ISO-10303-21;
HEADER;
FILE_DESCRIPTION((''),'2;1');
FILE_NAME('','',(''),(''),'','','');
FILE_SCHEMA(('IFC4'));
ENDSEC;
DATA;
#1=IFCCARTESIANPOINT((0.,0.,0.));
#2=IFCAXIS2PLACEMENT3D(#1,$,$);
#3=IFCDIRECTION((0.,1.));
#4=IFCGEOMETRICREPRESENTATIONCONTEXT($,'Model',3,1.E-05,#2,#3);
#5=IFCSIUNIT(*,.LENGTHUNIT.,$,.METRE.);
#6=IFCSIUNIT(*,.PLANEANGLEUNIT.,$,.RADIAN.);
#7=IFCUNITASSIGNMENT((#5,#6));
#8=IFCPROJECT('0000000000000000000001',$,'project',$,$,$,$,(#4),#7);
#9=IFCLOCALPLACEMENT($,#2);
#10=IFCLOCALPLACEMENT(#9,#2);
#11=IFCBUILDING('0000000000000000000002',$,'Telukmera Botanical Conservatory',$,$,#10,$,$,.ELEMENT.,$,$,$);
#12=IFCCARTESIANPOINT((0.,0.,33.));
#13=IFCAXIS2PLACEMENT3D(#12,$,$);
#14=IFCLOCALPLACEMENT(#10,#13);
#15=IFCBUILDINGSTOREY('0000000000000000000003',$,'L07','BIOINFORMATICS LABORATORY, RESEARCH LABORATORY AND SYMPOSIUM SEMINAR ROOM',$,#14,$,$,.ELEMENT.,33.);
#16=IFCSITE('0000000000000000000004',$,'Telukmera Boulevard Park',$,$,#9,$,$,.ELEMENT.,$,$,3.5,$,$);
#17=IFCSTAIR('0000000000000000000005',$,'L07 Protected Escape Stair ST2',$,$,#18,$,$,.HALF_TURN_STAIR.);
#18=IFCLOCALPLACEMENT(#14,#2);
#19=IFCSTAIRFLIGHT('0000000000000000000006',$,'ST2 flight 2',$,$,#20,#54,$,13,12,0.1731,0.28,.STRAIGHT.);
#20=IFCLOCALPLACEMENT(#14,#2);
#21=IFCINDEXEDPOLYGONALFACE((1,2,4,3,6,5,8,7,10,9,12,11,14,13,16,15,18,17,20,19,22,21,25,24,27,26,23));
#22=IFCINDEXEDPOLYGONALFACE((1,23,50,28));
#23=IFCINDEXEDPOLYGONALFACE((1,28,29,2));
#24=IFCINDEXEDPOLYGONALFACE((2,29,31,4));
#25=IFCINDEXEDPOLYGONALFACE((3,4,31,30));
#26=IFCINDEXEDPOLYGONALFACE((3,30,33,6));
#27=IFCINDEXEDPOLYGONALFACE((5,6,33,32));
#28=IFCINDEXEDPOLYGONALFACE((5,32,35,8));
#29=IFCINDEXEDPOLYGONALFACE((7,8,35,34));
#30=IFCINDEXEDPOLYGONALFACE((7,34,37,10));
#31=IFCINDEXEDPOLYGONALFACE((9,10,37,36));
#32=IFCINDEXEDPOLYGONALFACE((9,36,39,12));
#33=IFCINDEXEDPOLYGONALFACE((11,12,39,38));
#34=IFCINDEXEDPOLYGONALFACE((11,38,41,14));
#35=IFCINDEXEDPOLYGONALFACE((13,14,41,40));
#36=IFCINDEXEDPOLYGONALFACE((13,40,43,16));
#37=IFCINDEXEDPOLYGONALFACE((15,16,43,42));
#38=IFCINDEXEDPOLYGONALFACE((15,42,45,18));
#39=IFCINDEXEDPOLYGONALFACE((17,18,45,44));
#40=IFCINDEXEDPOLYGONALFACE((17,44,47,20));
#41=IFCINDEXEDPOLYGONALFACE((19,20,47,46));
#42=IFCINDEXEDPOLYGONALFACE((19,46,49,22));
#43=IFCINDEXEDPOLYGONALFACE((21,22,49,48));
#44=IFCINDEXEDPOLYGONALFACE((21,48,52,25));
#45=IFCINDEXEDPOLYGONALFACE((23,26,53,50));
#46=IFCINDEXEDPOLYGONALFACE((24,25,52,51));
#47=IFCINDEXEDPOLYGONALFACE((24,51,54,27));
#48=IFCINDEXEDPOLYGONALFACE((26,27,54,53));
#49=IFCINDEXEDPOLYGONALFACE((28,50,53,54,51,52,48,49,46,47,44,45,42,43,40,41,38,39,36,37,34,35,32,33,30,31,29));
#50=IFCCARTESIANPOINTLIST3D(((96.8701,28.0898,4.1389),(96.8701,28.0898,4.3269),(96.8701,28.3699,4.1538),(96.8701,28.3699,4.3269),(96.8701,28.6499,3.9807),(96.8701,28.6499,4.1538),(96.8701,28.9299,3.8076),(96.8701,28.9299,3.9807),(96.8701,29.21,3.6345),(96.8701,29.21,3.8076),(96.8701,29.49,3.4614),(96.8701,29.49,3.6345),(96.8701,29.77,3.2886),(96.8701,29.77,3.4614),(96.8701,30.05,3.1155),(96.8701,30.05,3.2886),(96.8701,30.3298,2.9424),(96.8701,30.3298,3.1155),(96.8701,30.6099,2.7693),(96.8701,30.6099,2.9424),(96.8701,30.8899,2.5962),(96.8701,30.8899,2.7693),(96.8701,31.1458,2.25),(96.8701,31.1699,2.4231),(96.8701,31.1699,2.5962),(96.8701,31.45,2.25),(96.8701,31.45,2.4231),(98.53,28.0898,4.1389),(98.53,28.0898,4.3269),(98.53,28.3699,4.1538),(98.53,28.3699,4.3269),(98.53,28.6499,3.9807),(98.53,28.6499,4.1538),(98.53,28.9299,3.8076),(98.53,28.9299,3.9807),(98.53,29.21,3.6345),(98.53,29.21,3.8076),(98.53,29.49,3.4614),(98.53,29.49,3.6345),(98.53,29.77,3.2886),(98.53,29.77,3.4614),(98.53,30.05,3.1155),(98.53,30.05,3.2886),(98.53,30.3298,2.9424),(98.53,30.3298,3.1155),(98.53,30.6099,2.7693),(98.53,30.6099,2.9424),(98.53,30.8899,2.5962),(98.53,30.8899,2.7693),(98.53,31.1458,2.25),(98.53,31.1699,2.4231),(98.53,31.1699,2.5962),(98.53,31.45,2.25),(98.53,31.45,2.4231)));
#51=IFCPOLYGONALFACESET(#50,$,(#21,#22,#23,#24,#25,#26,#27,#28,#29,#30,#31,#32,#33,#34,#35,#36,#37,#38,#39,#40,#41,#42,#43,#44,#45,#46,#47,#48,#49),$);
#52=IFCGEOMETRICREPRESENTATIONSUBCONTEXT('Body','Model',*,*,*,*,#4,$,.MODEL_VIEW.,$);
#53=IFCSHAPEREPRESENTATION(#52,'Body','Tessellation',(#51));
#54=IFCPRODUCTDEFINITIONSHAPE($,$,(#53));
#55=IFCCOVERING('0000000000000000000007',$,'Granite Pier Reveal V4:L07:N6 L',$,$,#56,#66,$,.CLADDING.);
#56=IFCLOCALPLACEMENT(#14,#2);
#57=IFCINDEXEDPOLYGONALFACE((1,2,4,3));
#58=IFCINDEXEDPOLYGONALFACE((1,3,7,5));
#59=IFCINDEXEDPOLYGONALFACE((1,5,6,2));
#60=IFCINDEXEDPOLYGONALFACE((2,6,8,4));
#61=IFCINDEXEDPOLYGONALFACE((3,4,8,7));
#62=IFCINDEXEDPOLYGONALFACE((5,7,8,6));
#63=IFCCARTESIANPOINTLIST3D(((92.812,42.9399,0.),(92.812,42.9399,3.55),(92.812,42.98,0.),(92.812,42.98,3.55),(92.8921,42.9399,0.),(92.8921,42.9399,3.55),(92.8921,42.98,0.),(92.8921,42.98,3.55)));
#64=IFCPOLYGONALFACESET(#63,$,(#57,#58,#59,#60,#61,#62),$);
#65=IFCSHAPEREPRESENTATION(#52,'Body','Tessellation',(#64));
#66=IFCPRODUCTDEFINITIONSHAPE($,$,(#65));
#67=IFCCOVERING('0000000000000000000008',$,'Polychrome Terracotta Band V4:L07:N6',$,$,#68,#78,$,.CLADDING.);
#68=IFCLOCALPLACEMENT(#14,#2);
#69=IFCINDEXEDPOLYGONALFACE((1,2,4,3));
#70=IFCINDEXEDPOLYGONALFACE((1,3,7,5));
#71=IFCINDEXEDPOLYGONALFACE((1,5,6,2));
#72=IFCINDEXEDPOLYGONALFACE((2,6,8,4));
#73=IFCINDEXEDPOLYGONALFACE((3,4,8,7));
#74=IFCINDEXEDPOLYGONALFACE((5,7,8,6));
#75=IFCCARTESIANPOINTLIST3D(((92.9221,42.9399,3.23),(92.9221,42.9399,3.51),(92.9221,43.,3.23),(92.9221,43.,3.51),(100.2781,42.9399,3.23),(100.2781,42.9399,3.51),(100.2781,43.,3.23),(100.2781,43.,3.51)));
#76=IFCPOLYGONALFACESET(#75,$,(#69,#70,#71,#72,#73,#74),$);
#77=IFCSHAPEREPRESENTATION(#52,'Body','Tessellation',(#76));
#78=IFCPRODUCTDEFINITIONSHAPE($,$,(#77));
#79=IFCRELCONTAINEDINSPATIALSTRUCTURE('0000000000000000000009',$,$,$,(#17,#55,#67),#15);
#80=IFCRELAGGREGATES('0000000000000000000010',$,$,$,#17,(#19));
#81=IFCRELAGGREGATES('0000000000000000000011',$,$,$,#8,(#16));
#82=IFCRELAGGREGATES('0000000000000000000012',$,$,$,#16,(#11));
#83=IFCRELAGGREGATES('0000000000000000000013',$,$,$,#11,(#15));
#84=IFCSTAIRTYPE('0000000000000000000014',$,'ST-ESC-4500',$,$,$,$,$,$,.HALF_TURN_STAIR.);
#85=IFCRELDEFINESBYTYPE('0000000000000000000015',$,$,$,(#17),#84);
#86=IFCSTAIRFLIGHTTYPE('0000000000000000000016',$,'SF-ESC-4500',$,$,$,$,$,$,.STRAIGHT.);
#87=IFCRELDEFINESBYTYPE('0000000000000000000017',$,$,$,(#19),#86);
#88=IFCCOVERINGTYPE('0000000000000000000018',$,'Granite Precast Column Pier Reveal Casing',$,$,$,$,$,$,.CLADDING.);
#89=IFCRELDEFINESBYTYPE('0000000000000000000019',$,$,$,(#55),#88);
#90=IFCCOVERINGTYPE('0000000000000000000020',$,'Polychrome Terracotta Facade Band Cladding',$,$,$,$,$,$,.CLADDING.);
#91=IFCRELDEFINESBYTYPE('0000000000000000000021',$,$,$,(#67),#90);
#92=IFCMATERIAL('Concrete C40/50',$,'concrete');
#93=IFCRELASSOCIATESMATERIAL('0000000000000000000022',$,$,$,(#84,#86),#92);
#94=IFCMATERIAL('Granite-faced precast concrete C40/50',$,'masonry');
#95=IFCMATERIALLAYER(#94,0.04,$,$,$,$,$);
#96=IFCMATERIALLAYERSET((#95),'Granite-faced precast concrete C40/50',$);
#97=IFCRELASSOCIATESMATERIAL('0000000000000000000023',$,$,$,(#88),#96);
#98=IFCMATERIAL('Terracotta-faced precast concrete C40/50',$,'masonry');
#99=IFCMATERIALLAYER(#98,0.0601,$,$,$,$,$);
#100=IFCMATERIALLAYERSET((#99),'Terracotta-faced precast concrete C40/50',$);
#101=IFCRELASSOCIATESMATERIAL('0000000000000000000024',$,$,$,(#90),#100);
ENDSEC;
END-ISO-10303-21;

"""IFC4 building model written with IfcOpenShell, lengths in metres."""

from ifc_helpers import new_model, si_unit, direction, frame, origin, origin_2d, place, context, subcontext, project, spatial, polyline, rectangle, outline, extrude, material, layer, layer_set, type_object, element, aggregate, save


model = new_model("IFC4")

# Units and contexts
model_context = context("Model", 3, precision=1e-05, world=origin(), true_north=direction((0.0, 1.0)))
body_context = subcontext(model_context, "Body", "Model", "MODEL_VIEW")
ifc_project = project(units=[si_unit("LENGTHUNIT", "METRE"), si_unit("PLANEANGLEUNIT", "RADIAN")], contexts=[model_context])

# Site, building, storey
site_placement = place(None, origin())
site = spatial("IfcSite", under=ifc_project, at=site_placement, Name="Telukmera Boulevard Park", CompositionType="ELEMENT", RefElevation=3.5)
building_placement = place(site_placement, origin())
building = spatial("IfcBuilding", under=site, at=building_placement, Name="Telukmera Botanical Conservatory", CompositionType="ELEMENT")
storey_placement = place(building_placement, frame((0.0, 0.0, 33.0)))
storey = spatial("IfcBuildingStorey", under=building, at=storey_placement, Name="L07", Description="BIOINFORMATICS LABORATORY, RESEARCH LABORATORY AND SYMPOSIUM SEMINAR ROOM", CompositionType="ELEMENT", Elevation=33.0)

# Shared definitions
ifc_material_1 = material(Name="Concrete C40/50", Category="concrete")

# Stair, stair flight
stair_type = type_object("IfcStairType", Name="ST-ESC-4500", PredefinedType="HALF_TURN_STAIR", material=ifc_material_1)
stair_placement = place(storey_placement, origin())
stair = element("IfcStair", 1, at=stair_placement, inside=storey, type_object=stair_type, Name="L07 Protected Escape Stair ST2", PredefinedType="HALF_TURN_STAIR")
stair_flight_type = type_object("IfcStairFlightType", Name="SF-ESC-4500", PredefinedType="STRAIGHT", material=ifc_material_1)
stair_flight_placement = place(storey_placement, frame((97.7, 31.45, 2.25), z_axis=(0.0, 0.0, 1.0), x_axis=(0.0, -1.0, 0.0)))
stair_flight = element("IfcStairFlight", 2, at=stair_flight_placement, type_object=stair_flight_type, Name="ST2 flight 2", NumberOfRisers=13, NumberOfTreads=12, PredefinedType="STRAIGHT", RiserHeight=0.1731, TreadLength=0.28, context=body_context, shape_type="SweptSolid", body=[
    extrude(outline(polyline([(0.0, 0.0), (0.0, 0.1731), (0.28, 0.1731), (0.28, 0.3462), (0.5601, 0.3462), (0.5601, 0.5193), (0.8401, 0.5193), (0.8401, 0.6924), (1.1201, 0.6924), (1.1201, 0.8655), (1.3999, 0.8655), (1.3999, 1.0386), (1.6799, 1.0386), (1.6799, 1.2114), (1.96, 1.2114), (1.96, 1.3845), (2.24, 1.3845), (2.24, 1.5576), (2.52, 1.5576), (2.52, 1.7307), (2.8, 1.7307), (2.8, 1.9038), (3.0801, 1.9038), (3.0801, 2.0769), (3.3601, 2.0769), (3.3601, 2.25), (3.3601, 1.8889), (0.3042, 0.0), (0.0, 0.0)])), frame((0.0, 0.8301, 0.0), z_axis=(0.0, -1.0, 0.0), x_axis=(1.0, 0.0, 0.0)), (0.0, 0.0, 1.0), 1.6599),
])
aggregate(stair, [stair_flight])

# Coverings
ifc_material_2 = material(Name="Granite-faced precast concrete C40/50", Category="masonry")
ifc_layer_1 = layer(ifc_material_2, 0.04)
ifc_layer_set_1 = layer_set([ifc_layer_1], Name="Granite-faced precast concrete C40/50")
covering_type_1 = type_object("IfcCoveringType", Name="Granite Precast Column Pier Reveal Casing", PredefinedType="CLADDING", material=ifc_layer_set_1)
covering_1_placement = place(storey_placement, frame((92.8521, 42.96, 0.0), z_axis=(0.0, 0.0, 1.0), x_axis=(1.0, 0.0, 0.0)))
element("IfcCovering", 3, at=covering_1_placement, inside=storey, type_object=covering_type_1, Name="Granite Pier Reveal V4:L07:N6 L", PredefinedType="CLADDING", context=body_context, shape_type="SweptSolid", body=[
    extrude(rectangle(XDim=0.0801, YDim=0.04, at=origin_2d()), origin(), (0.0, 0.0, 1.0), 3.55),
])
ifc_material_3 = material(Name="Terracotta-faced precast concrete C40/50", Category="masonry")
ifc_layer_2 = layer(ifc_material_3, 0.0601)
ifc_layer_set_2 = layer_set([ifc_layer_2], Name="Terracotta-faced precast concrete C40/50")
covering_type_2 = type_object("IfcCoveringType", Name="Polychrome Terracotta Facade Band Cladding", PredefinedType="CLADDING", material=ifc_layer_set_2)
covering_2_placement = place(storey_placement, frame((96.6001, 42.97, 3.23), z_axis=(0.0, 0.0, 1.0), x_axis=(1.0, 0.0, 0.0)))
element("IfcCovering", 4, at=covering_2_placement, inside=storey, type_object=covering_type_2, Name="Polychrome Terracotta Band V4:L07:N6", PredefinedType="CLADDING", context=body_context, shape_type="SweptSolid", body=[
    extrude(rectangle(XDim=7.356, YDim=0.0601, at=origin_2d()), origin(), (0.0, 0.0, 1.0), 0.28),
])

save(model, "model.ifc")
